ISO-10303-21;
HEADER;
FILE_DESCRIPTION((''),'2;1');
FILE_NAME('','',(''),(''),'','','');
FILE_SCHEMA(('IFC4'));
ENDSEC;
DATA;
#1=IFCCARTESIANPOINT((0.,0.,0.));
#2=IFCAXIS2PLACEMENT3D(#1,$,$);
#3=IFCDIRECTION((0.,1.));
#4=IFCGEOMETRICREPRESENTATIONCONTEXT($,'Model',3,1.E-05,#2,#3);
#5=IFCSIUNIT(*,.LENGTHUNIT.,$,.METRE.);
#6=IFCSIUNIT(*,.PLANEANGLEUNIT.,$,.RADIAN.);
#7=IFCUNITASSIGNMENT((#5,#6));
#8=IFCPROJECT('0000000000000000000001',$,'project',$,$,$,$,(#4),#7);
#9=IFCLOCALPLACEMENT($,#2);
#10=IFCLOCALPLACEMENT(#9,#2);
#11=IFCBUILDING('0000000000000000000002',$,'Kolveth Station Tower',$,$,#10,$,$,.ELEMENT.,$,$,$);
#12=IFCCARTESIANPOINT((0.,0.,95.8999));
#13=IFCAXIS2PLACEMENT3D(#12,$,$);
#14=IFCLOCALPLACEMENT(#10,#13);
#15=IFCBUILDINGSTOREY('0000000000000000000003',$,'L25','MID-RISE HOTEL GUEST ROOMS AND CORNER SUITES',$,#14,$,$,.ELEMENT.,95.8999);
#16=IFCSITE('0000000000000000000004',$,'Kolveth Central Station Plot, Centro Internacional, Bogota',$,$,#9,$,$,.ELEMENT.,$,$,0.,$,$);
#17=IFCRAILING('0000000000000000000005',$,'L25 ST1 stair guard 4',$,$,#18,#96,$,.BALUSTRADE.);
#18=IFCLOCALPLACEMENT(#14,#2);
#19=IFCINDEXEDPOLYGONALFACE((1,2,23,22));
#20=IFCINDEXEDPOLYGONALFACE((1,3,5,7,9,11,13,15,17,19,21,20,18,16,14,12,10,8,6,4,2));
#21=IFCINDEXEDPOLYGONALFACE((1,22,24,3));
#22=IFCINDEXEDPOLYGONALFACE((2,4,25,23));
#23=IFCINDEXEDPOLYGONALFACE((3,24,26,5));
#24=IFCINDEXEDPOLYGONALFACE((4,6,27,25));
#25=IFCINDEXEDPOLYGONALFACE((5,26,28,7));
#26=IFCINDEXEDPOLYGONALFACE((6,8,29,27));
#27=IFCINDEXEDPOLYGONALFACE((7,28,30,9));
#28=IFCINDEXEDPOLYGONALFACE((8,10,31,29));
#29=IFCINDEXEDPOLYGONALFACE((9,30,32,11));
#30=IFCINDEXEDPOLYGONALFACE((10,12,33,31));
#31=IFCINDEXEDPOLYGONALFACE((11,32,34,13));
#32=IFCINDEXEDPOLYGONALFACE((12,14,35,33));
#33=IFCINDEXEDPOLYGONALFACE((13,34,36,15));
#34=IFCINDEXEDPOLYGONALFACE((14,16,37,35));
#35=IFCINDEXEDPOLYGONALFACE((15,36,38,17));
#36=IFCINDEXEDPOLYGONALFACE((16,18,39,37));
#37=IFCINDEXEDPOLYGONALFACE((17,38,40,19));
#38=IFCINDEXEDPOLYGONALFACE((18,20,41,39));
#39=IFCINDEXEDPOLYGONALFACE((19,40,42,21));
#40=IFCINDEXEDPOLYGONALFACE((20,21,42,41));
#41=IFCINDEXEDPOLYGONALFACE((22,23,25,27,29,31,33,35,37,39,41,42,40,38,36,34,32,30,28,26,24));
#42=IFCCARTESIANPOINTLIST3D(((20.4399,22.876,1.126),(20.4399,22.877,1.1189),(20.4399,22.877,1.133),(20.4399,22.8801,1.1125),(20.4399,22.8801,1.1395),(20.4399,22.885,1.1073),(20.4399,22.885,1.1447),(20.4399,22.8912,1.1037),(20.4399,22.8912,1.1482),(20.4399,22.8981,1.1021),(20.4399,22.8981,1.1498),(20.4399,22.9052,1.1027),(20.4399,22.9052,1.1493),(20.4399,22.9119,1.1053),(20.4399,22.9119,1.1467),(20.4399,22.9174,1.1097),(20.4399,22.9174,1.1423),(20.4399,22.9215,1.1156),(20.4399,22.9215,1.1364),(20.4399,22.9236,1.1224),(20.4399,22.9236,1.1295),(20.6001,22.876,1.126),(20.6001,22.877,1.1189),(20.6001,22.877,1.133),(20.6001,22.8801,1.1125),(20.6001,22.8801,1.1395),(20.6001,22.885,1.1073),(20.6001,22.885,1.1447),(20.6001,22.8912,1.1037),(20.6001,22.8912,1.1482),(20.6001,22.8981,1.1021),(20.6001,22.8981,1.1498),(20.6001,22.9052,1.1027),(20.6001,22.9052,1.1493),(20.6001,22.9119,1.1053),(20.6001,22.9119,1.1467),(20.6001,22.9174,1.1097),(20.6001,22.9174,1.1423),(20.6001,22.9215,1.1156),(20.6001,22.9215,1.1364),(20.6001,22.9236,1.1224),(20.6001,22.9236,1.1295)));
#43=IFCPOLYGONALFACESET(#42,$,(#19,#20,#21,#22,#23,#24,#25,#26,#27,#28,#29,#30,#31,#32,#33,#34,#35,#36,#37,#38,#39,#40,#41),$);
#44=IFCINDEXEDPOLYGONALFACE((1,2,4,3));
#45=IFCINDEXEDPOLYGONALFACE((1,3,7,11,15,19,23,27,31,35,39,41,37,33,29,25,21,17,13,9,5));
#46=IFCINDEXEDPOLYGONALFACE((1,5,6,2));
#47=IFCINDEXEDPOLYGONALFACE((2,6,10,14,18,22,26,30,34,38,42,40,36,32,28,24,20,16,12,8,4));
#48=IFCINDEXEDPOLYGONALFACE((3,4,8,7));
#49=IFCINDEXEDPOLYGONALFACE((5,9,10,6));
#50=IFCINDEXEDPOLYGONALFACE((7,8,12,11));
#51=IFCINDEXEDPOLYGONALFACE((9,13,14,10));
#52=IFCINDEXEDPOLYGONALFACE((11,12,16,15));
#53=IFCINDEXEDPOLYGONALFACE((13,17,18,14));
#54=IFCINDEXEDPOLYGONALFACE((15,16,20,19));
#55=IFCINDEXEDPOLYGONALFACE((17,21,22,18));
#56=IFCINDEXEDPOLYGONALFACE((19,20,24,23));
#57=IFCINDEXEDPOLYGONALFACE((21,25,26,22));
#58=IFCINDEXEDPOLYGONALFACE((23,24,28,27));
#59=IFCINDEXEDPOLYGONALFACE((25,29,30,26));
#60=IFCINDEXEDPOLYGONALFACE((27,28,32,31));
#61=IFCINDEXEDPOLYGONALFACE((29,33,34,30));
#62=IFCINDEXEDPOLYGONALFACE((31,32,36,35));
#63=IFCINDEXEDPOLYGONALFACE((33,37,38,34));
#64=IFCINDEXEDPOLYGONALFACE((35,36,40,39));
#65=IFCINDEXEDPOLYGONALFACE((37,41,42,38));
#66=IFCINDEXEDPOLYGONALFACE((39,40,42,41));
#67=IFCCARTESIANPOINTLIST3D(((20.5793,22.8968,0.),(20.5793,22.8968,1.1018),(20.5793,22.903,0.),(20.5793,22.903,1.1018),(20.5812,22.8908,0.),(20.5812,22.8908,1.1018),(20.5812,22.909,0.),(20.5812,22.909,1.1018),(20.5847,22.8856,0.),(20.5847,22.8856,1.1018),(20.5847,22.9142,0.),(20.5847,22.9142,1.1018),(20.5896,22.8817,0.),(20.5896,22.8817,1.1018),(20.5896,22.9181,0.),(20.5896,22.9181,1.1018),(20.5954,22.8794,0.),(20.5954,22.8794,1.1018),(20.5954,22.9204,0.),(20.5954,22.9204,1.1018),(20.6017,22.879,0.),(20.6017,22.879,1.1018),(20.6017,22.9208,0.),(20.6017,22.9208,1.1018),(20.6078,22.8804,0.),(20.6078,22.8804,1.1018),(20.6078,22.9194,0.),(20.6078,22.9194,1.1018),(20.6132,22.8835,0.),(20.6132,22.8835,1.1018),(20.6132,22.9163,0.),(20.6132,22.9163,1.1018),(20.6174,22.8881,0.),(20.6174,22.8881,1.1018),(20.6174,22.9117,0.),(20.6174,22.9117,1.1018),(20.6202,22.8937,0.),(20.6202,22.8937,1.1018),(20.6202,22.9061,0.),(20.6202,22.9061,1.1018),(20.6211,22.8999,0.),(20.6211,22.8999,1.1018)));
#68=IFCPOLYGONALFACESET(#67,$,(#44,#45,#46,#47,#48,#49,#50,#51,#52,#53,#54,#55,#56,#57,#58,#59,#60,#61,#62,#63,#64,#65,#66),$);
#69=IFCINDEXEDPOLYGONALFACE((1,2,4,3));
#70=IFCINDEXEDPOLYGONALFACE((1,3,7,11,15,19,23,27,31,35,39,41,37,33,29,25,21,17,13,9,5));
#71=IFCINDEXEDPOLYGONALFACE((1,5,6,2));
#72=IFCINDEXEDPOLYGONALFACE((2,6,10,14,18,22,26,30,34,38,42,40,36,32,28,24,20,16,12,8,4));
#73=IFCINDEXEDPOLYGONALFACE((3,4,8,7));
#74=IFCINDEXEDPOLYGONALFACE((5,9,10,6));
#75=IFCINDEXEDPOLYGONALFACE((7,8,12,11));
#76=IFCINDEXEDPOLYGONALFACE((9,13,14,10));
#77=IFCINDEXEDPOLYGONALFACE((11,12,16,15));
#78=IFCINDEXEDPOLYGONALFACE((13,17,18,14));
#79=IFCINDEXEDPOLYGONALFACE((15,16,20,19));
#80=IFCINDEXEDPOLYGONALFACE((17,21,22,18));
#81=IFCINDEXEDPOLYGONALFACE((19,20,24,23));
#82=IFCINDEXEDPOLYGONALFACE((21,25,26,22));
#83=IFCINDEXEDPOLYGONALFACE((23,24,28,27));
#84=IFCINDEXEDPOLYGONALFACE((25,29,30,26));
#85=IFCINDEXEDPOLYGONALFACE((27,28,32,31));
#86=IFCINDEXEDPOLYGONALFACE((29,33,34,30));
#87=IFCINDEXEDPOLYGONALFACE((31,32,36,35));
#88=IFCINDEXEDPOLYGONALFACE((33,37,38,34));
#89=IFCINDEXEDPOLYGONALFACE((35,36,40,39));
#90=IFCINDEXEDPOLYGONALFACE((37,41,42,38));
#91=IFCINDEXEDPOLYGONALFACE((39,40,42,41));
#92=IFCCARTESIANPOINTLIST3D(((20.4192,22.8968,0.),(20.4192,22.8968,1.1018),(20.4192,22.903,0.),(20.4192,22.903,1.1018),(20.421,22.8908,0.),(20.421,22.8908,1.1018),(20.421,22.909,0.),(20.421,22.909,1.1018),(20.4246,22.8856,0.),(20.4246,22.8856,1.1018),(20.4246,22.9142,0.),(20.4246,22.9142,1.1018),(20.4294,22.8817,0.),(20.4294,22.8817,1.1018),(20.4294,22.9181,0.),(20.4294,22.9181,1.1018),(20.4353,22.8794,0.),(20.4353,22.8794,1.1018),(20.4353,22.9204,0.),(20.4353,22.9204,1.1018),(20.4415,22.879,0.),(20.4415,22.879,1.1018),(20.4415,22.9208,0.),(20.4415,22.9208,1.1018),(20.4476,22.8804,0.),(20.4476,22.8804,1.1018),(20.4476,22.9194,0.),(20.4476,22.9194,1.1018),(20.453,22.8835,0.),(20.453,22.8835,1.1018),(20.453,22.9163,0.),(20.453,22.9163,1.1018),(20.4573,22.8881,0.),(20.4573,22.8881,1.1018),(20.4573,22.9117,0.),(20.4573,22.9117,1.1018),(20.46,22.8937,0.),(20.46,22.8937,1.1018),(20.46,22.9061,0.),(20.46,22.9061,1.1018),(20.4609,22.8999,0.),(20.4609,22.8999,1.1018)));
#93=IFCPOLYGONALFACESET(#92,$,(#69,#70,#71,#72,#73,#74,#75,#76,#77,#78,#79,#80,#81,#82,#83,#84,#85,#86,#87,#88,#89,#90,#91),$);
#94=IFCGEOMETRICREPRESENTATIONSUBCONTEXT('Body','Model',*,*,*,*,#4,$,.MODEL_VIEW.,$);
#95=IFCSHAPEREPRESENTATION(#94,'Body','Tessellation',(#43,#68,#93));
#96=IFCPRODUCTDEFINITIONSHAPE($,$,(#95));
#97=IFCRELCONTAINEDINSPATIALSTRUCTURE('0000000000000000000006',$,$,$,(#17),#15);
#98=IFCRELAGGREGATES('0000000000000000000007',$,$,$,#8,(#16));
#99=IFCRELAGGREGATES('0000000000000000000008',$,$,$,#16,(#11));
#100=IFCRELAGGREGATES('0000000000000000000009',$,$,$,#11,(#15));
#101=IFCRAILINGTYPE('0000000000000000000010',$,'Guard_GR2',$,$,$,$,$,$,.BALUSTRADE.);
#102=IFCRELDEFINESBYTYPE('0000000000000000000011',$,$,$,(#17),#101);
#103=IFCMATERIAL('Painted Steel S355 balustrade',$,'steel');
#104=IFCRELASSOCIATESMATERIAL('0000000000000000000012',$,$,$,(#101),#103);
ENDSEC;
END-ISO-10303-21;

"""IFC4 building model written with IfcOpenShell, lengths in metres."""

from ifc_helpers import new_model, si_unit, direction, frame, origin, origin_2d, place, context, subcontext, project, spatial, circle, extrude, material, type_object, element, save


model = new_model("IFC4")

# Units and contexts
model_context = context("Model", 3, precision=1e-05, world=origin(), true_north=direction((0.0, 1.0)))
body_context = subcontext(model_context, "Body", "Model", "MODEL_VIEW")
ifc_project = project(units=[si_unit("LENGTHUNIT", "METRE"), si_unit("PLANEANGLEUNIT", "RADIAN")], contexts=[model_context])

# Site, building, storey
site_placement = place(None, origin())
site = spatial("IfcSite", under=ifc_project, at=site_placement, Name="Kolveth Central Station Plot, Centro Internacional, Bogota", CompositionType="ELEMENT", RefElevation=0.0)
building_placement = place(site_placement, origin())
building = spatial("IfcBuilding", under=site, at=building_placement, Name="Kolveth Station Tower", CompositionType="ELEMENT")
storey_placement = place(building_placement, frame((0.0, 0.0, 95.8999)))
storey = spatial("IfcBuildingStorey", under=building, at=storey_placement, Name="L25", Description="MID-RISE HOTEL GUEST ROOMS AND CORNER SUITES", CompositionType="ELEMENT", Elevation=95.8999)

# Railing
ifc_material_1 = material(Name="Painted Steel S355 balustrade", Category="steel")
railing_type_1 = type_object("IfcRailingType", Name="Guard_GR2", PredefinedType="BALUSTRADE", material=ifc_material_1)
railing_1_placement = place(storey_placement, frame((20.6001, 22.8999, 0.0)))
element("IfcRailing", 1, at=railing_1_placement, inside=storey, type_object=railing_type_1, Name="L25 ST1 stair guard 4", PredefinedType="BALUSTRADE", context=body_context, shape_type="SweptSolid", body=[
    extrude(circle(Radius=0.0239, at=origin_2d()), frame((0.0, 0.0, 1.126), z_axis=(-1.0, 0.0, 0.0), x_axis=(0.0, -1.0, 0.0)), (0.0, 0.0, 1.0), 0.1602),
    extrude(circle(Radius=0.021, at=origin_2d()), origin(), (0.0, 0.0, 1.0), 1.1018),
    extrude(circle(Radius=0.021, at=origin_2d()), frame((-0.1602, 0.0, 0.0)), (0.0, 0.0, 1.0), 1.1018),
])

save(model, "model.ifc")
